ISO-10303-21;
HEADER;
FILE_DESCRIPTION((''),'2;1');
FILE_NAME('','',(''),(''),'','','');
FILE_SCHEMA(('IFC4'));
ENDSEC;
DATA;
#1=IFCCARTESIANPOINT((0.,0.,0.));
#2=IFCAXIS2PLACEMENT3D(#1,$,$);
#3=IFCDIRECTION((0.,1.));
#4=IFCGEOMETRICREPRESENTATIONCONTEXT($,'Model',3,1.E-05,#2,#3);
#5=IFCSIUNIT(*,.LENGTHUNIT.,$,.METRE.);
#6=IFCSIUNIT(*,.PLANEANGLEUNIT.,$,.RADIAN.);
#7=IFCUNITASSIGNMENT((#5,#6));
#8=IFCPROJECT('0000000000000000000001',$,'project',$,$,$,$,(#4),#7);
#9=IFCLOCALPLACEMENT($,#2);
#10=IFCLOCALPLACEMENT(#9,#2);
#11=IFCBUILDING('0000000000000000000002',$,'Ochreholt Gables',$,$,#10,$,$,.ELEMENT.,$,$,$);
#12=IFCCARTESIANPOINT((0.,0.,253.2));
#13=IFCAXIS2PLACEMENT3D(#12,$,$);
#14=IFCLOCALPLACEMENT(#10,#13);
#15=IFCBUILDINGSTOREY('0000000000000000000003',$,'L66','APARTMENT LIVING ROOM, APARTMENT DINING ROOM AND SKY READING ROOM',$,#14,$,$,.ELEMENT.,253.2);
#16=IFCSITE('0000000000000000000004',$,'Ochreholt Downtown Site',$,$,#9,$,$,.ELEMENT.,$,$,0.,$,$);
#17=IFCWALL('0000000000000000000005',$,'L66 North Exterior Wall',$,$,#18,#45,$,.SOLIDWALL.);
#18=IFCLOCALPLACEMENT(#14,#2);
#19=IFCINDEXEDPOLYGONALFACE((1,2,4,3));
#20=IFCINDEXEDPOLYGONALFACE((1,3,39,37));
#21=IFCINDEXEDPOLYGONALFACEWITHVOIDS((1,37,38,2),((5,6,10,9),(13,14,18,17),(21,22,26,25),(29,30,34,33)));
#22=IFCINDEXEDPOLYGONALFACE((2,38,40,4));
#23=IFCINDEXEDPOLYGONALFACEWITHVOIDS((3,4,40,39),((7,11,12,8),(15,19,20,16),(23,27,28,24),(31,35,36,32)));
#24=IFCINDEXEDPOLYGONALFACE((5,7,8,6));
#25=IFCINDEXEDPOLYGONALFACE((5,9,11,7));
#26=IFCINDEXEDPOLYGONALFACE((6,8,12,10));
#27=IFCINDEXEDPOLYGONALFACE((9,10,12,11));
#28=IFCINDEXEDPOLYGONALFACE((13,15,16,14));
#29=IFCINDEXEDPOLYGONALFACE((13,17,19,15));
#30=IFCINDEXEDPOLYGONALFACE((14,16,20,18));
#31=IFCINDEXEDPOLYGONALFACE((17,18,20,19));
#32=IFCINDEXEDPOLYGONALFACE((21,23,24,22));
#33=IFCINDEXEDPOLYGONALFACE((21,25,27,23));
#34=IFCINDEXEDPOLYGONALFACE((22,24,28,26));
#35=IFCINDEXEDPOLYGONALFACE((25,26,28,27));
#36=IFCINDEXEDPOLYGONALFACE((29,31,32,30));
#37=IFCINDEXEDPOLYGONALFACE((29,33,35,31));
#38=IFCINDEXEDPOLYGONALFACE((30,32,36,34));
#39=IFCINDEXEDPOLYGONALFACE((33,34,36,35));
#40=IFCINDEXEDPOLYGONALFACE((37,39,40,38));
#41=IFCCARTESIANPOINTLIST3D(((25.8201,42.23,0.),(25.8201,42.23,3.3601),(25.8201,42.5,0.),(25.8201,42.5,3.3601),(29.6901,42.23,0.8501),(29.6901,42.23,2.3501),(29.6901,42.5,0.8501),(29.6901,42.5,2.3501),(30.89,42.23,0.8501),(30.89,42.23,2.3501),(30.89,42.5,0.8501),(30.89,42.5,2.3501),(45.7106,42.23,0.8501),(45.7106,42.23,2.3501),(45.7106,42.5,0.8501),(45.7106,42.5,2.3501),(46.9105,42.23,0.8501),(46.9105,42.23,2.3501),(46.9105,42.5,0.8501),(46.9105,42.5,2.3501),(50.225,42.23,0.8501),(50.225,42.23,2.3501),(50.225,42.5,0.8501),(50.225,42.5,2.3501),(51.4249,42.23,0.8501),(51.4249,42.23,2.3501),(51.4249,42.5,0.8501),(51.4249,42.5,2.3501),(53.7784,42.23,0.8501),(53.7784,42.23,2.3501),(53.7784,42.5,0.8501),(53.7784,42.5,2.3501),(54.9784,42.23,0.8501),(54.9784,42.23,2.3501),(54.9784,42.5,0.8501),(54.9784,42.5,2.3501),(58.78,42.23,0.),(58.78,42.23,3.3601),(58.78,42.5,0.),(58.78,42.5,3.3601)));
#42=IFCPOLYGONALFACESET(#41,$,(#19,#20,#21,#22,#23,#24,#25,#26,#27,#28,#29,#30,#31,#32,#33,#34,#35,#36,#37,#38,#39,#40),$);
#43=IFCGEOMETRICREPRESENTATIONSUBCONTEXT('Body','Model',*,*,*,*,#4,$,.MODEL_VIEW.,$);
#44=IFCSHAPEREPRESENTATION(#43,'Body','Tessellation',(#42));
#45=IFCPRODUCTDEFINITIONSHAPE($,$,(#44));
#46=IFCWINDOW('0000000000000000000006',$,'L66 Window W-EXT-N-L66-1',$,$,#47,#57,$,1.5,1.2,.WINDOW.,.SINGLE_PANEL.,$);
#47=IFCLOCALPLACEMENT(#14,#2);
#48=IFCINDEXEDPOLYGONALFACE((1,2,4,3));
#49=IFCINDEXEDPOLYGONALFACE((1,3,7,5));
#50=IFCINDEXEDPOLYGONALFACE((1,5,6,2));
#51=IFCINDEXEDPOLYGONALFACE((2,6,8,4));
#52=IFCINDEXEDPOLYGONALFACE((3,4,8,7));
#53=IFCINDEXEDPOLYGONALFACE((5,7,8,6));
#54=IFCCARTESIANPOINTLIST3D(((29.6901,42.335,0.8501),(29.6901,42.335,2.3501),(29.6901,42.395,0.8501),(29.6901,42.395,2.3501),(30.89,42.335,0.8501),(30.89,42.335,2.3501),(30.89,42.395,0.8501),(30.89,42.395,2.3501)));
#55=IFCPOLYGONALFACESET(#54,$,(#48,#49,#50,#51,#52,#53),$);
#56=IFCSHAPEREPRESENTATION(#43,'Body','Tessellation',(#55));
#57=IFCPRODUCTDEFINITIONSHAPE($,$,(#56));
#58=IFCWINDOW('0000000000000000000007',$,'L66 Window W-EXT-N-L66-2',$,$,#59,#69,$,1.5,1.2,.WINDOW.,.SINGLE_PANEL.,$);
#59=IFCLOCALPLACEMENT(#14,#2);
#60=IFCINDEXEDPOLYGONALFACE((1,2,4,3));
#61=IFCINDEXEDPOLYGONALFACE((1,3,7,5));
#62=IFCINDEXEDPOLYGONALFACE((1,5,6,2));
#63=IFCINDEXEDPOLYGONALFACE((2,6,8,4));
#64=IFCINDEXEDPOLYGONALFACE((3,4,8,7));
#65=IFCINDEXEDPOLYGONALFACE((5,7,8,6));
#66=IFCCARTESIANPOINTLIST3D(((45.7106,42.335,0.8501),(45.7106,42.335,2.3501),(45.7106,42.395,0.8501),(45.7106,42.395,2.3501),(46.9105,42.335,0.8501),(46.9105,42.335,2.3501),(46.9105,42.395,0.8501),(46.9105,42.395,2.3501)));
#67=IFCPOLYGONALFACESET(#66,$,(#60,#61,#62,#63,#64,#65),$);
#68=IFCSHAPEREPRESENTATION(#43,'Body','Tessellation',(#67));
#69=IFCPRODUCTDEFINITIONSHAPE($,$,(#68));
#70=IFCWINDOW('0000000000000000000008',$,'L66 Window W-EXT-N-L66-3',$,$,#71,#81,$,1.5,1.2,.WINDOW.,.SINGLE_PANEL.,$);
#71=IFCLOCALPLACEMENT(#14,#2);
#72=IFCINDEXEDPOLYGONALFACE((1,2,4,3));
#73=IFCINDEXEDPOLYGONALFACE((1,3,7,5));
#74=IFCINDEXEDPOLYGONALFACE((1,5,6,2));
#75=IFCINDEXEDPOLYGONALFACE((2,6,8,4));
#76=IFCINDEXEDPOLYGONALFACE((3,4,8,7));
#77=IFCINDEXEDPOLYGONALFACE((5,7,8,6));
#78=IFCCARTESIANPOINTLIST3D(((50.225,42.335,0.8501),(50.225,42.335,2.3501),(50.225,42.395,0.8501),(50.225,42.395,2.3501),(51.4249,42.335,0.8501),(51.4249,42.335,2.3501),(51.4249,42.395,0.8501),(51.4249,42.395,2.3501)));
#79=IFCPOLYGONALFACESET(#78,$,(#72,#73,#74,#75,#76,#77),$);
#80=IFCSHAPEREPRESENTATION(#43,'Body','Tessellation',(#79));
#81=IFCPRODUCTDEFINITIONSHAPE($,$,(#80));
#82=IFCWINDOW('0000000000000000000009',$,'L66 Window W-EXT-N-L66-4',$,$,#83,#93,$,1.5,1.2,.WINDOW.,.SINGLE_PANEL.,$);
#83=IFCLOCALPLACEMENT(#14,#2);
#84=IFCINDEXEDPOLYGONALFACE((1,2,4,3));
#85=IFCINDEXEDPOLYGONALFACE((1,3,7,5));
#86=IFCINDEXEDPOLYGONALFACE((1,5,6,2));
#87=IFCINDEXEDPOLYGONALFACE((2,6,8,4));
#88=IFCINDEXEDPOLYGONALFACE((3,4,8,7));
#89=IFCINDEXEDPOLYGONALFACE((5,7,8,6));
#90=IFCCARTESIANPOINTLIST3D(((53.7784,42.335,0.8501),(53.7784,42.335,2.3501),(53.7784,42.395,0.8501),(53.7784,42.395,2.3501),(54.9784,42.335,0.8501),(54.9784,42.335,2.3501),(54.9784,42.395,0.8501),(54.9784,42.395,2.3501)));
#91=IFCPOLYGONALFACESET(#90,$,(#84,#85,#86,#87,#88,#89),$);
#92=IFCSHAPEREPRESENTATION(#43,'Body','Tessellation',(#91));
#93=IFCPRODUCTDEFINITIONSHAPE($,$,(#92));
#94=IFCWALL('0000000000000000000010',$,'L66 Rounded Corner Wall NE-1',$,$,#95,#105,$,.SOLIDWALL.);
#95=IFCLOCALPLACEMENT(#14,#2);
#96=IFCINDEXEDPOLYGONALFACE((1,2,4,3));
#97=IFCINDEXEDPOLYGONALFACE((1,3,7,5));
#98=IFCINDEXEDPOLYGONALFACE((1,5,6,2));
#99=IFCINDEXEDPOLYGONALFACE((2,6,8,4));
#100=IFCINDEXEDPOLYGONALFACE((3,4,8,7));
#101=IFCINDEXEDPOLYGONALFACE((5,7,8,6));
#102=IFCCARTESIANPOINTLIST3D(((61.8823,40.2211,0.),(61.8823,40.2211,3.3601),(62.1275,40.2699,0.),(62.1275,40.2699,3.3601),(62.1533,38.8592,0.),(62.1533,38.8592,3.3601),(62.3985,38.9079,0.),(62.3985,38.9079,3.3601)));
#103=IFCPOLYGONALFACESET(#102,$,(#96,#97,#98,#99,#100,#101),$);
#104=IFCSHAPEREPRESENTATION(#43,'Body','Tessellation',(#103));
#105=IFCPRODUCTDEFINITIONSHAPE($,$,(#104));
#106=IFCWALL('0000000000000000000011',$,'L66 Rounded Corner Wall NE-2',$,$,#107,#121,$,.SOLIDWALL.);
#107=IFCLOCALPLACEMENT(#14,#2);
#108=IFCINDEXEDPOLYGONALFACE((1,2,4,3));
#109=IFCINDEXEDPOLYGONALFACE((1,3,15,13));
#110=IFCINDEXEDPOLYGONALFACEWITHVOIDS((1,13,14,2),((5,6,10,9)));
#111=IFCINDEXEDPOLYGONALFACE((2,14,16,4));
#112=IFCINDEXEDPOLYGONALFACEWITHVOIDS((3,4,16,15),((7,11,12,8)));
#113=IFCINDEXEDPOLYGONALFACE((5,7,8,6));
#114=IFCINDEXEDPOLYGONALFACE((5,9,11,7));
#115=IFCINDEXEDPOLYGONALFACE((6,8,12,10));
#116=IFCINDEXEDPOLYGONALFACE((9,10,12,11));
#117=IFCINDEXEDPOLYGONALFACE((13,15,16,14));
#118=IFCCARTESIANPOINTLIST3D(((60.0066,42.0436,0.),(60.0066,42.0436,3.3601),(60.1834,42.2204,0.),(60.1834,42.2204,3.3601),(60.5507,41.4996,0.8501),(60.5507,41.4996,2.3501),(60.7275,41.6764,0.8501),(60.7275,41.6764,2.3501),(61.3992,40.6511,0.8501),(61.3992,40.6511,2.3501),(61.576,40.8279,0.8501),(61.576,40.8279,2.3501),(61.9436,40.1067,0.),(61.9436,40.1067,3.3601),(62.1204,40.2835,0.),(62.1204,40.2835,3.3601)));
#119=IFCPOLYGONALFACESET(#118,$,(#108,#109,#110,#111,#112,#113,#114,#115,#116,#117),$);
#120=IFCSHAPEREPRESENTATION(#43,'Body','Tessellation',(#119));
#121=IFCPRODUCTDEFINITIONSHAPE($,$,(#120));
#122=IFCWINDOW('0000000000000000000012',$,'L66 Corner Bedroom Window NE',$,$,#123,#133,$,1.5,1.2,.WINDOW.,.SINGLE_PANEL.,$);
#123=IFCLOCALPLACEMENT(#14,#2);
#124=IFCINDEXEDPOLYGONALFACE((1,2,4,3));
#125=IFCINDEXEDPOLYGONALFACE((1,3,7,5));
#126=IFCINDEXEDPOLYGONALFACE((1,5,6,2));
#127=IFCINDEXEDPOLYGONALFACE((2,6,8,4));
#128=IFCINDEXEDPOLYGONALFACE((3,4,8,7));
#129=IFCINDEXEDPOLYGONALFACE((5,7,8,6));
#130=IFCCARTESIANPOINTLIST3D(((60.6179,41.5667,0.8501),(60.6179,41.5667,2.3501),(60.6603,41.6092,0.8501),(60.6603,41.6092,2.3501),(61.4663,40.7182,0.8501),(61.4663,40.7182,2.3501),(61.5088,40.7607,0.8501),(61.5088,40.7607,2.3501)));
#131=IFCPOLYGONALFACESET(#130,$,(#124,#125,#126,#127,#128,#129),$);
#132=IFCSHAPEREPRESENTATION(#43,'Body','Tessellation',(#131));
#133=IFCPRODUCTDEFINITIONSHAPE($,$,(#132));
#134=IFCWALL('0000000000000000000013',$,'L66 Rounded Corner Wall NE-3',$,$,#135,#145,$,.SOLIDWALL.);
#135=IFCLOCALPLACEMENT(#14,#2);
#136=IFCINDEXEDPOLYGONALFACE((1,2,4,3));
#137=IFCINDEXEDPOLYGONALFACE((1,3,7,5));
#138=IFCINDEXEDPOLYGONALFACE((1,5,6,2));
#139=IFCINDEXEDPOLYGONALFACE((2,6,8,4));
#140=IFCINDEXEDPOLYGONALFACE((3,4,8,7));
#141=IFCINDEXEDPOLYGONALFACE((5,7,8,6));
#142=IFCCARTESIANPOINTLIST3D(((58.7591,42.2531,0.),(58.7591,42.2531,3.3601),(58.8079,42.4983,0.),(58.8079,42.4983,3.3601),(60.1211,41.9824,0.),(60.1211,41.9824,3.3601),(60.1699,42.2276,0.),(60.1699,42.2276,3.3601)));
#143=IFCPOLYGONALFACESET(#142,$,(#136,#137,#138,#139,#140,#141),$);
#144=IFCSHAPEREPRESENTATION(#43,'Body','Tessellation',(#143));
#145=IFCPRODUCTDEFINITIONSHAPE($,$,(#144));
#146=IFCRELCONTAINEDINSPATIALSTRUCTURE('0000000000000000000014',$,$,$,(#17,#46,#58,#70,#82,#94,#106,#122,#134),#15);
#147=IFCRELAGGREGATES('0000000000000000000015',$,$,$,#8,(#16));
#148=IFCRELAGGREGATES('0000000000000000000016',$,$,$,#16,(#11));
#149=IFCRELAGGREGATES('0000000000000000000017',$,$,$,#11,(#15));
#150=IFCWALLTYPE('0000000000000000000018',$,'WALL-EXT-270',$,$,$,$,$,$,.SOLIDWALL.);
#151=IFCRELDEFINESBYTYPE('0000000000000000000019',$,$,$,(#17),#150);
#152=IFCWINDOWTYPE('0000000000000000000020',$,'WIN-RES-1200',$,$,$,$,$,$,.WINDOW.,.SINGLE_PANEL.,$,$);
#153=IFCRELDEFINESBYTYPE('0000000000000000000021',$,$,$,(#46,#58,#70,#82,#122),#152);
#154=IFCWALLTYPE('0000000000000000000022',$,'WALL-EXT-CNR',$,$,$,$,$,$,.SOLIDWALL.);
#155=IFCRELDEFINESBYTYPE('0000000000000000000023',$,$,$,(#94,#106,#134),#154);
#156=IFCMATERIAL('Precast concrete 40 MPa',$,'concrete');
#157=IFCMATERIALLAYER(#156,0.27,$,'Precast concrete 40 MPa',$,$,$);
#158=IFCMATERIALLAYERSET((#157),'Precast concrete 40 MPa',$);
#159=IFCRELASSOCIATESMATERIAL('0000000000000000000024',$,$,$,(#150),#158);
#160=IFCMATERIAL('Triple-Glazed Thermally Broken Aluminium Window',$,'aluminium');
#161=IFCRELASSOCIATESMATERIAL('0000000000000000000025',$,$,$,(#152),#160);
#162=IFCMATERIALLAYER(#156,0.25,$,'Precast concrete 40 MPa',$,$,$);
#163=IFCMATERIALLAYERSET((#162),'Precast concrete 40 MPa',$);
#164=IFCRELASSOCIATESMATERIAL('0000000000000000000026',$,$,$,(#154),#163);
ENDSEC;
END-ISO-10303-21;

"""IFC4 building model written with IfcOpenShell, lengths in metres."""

from ifc_helpers import new_model, si_unit, direction, frame, frame_2d, origin, place, context, subcontext, project, spatial, rectangle, extrude, material, layer, layer_set, type_object, element, fill, save


model = new_model("IFC4")

# Units and contexts
model_context = context("Model", 3, precision=1e-05, world=origin(), true_north=direction((0.0, 1.0)))
body_context = subcontext(model_context, "Body", "Model", "MODEL_VIEW")
ifc_project = project(units=[si_unit("LENGTHUNIT", "METRE"), si_unit("PLANEANGLEUNIT", "RADIAN")], contexts=[model_context])

# Site, building, storey
site_placement = place(None, origin())
site = spatial("IfcSite", under=ifc_project, at=site_placement, Name="Ochreholt Downtown Site", CompositionType="ELEMENT", RefElevation=0.0)
building_placement = place(site_placement, origin())
building = spatial("IfcBuilding", under=site, at=building_placement, Name="Ochreholt Gables", CompositionType="ELEMENT")
storey_placement = place(building_placement, frame((0.0, 0.0, 253.2)))
storey = spatial("IfcBuildingStorey", under=building, at=storey_placement, Name="L66", Description="APARTMENT LIVING ROOM, APARTMENT DINING ROOM AND SKY READING ROOM", CompositionType="ELEMENT", Elevation=253.2)

# Wall, openings, windows
ifc_material_1 = material(Name="Precast concrete 40 MPa", Category="concrete")
ifc_layer_1 = layer(ifc_material_1, 0.27, Name="Precast concrete 40 MPa")
ifc_layer_set_1 = layer_set([ifc_layer_1], Name="Precast concrete 40 MPa")
wall_type_1 = type_object("IfcWallType", Name="WALL-EXT-270", PredefinedType="SOLIDWALL", material=ifc_layer_set_1)
wall_1_placement = place(storey_placement, frame((58.78, 42.365, 0.0), z_axis=(0.0, 0.0, 1.0), x_axis=(-1.0, 0.0, 0.0)))
wall_1 = element("IfcWall", 1, at=wall_1_placement, inside=storey, type_object=wall_type_1, Name="L66 North Exterior Wall", PredefinedType="SOLIDWALL", context=body_context, shape_type="SweptSolid", body=[
    extrude(rectangle(XDim=32.96, YDim=0.27, at=frame_2d((16.48, 0.0))), origin(), (0.0, 0.0, 1.0), 3.3601),
])
opening_1_placement = place(wall_1_placement, frame((27.8899, 0.0, 0.8501)))
opening_1 = element("IfcOpeningElement", 2, at=opening_1_placement, cuts=wall_1, PredefinedType="OPENING", context=body_context, shape_type="SweptSolid", body=[
    extrude(rectangle(XDim=1.2, YDim=1.5, at=frame_2d((0.6001, 0.75))), frame((0.0, 0.145, 0.0), z_axis=(0.0, -1.0, 0.0), x_axis=(1.0, 0.0, 0.0)), (0.0, 0.0, 1.0), 0.29),
])
opening_2_placement = place(wall_1_placement, frame((11.8694, 0.0, 0.8501)))
opening_2 = element("IfcOpeningElement", 3, at=opening_2_placement, cuts=wall_1, PredefinedType="OPENING", context=body_context, shape_type="SweptSolid", body=[
    extrude(rectangle(XDim=1.2, YDim=1.5, at=frame_2d((0.6001, 0.75))), frame((0.0, 0.145, 0.0), z_axis=(0.0, -1.0, 0.0), x_axis=(1.0, 0.0, 0.0)), (0.0, 0.0, 1.0), 0.29),
])
opening_3_placement = place(wall_1_placement, frame((7.355, 0.0, 0.8501)))
opening_3 = element("IfcOpeningElement", 4, at=opening_3_placement, cuts=wall_1, PredefinedType="OPENING", context=body_context, shape_type="SweptSolid", body=[
    extrude(rectangle(XDim=1.2, YDim=1.5, at=frame_2d((0.6001, 0.75))), frame((0.0, 0.145, 0.0), z_axis=(0.0, -1.0, 0.0), x_axis=(1.0, 0.0, 0.0)), (0.0, 0.0, 1.0), 0.29),
])
opening_4_placement = place(wall_1_placement, frame((3.8015, 0.0, 0.8501)))
opening_4 = element("IfcOpeningElement", 5, at=opening_4_placement, cuts=wall_1, PredefinedType="OPENING", context=body_context, shape_type="SweptSolid", body=[
    extrude(rectangle(XDim=1.2, YDim=1.5, at=frame_2d((0.6001, 0.75))), frame((0.0, 0.145, 0.0), z_axis=(0.0, -1.0, 0.0), x_axis=(1.0, 0.0, 0.0)), (0.0, 0.0, 1.0), 0.29),
])
ifc_material_2 = material(Name="Triple-Glazed Thermally Broken Aluminium Window", Category="aluminium")
window_type = type_object("IfcWindowType", Name="WIN-RES-1200", PartitioningType="SINGLE_PANEL", PredefinedType="WINDOW", material=ifc_material_2)
window_1_placement = place(opening_1_placement, origin())
window_1 = element("IfcWindow", 6, at=window_1_placement, inside=storey, type_object=window_type, Name="L66 Window W-EXT-N-L66-1", OverallHeight=1.5, OverallWidth=1.2, PartitioningType="SINGLE_PANEL", PredefinedType="WINDOW", context=body_context, shape_type="SweptSolid", body=[
    extrude(rectangle(XDim=1.2, YDim=1.5, at=frame_2d((0.6001, 0.75))), frame((0.0, 0.03, 0.0), z_axis=(0.0, -1.0, 0.0), x_axis=(1.0, 0.0, 0.0)), (0.0, 0.0, 1.0), 0.0601),
])
fill(opening_1, window_1)
window_2_placement = place(opening_2_placement, origin())
window_2 = element("IfcWindow", 7, at=window_2_placement, inside=storey, type_object=window_type, Name="L66 Window W-EXT-N-L66-2", OverallHeight=1.5, OverallWidth=1.2, PartitioningType="SINGLE_PANEL", PredefinedType="WINDOW", context=body_context, shape_type="SweptSolid", body=[
    extrude(rectangle(XDim=1.2, YDim=1.5, at=frame_2d((0.6001, 0.75))), frame((0.0, 0.03, 0.0), z_axis=(0.0, -1.0, 0.0), x_axis=(1.0, 0.0, 0.0)), (0.0, 0.0, 1.0), 0.0601),
])
fill(opening_2, window_2)
window_3_placement = place(opening_3_placement, origin())
window_3 = element("IfcWindow", 8, at=window_3_placement, inside=storey, type_object=window_type, Name="L66 Window W-EXT-N-L66-3", OverallHeight=1.5, OverallWidth=1.2, PartitioningType="SINGLE_PANEL", PredefinedType="WINDOW", context=body_context, shape_type="SweptSolid", body=[
    extrude(rectangle(XDim=1.2, YDim=1.5, at=frame_2d((0.6001, 0.75))), frame((0.0, 0.03, 0.0), z_axis=(0.0, -1.0, 0.0), x_axis=(1.0, 0.0, 0.0)), (0.0, 0.0, 1.0), 0.0601),
])
fill(opening_3, window_3)
window_4_placement = place(opening_4_placement, origin())
window_4 = element("IfcWindow", 9, at=window_4_placement, inside=storey, type_object=window_type, Name="L66 Window W-EXT-N-L66-4", OverallHeight=1.5, OverallWidth=1.2, PartitioningType="SINGLE_PANEL", PredefinedType="WINDOW", context=body_context, shape_type="SweptSolid", body=[
    extrude(rectangle(XDim=1.2, YDim=1.5, at=frame_2d((0.6001, 0.75))), frame((0.0, 0.03, 0.0), z_axis=(0.0, -1.0, 0.0), x_axis=(1.0, 0.0, 0.0)), (0.0, 0.0, 1.0), 0.0601),
])
fill(opening_4, window_4)

# Wall
ifc_layer_2 = layer(ifc_material_1, 0.25, Name="Precast concrete 40 MPa")
ifc_layer_set_2 = layer_set([ifc_layer_2], Name="Precast concrete 40 MPa")
wall_type_2 = type_object("IfcWallType", Name="WALL-EXT-CNR", PredefinedType="SOLIDWALL", material=ifc_layer_set_2)
wall_2_placement = place(storey_placement, frame((62.2759, 38.8835, 0.0), z_axis=(0.0, 0.0, 1.0), x_axis=(-0.195136, 0.980776, 0.0)))
element("IfcWall", 10, at=wall_2_placement, inside=storey, type_object=wall_type_2, Name="L66 Rounded Corner Wall NE-1", PredefinedType="SOLIDWALL", context=body_context, shape_type="SweptSolid", body=[
    extrude(rectangle(XDim=1.3887, YDim=0.25, at=frame_2d((0.6943, 0.0))), origin(), (0.0, 0.0, 1.0), 3.3601),
])

# Wall, opening, window
wall_3_placement = place(storey_placement, frame((62.032, 40.1951, 0.0), z_axis=(0.0, 0.0, 1.0), x_axis=(-0.707107, 0.707107, 0.0)))
wall_3 = element("IfcWall", 11, at=wall_3_placement, inside=storey, type_object=wall_type_2, Name="L66 Rounded Corner Wall NE-2", PredefinedType="SOLIDWALL", context=body_context, shape_type="SweptSolid", body=[
    extrude(rectangle(XDim=2.7393, YDim=0.25, at=frame_2d((1.3696, 0.0))), origin(), (0.0, 0.0, 1.0), 3.3601),
])
opening_5_placement = place(wall_3_placement, frame((0.7698, 0.0, 0.8501)))
opening_5 = element("IfcOpeningElement", 12, at=opening_5_placement, cuts=wall_3, PredefinedType="OPENING", context=body_context, shape_type="SweptSolid", body=[
    extrude(rectangle(XDim=1.2, YDim=1.5, at=frame_2d((0.6001, 0.75))), frame((0.0, 0.135, 0.0), z_axis=(0.0, -1.0, 0.0), x_axis=(1.0, 0.0, 0.0)), (0.0, 0.0, 1.0), 0.27),
])
window_5_placement = place(opening_5_placement, origin())
window_5 = element("IfcWindow", 13, at=window_5_placement, inside=storey, type_object=window_type, Name="L66 Corner Bedroom Window NE", OverallHeight=1.5, OverallWidth=1.2, PartitioningType="SINGLE_PANEL", PredefinedType="WINDOW", context=body_context, shape_type="SweptSolid", body=[
    extrude(rectangle(XDim=1.2, YDim=1.5, at=frame_2d((0.6001, 0.75))), frame((0.0, 0.03, 0.0), z_axis=(0.0, -1.0, 0.0), x_axis=(1.0, 0.0, 0.0)), (0.0, 0.0, 1.0), 0.0601),
])
fill(opening_5, window_5)

# Wall
wall_4_placement = place(storey_placement, frame((60.1455, 42.105, 0.0), z_axis=(0.0, 0.0, 1.0), x_axis=(-0.98081, 0.194967, 0.0)))
element("IfcWall", 14, at=wall_4_placement, inside=storey, type_object=wall_type_2, Name="L66 Rounded Corner Wall NE-3", PredefinedType="SOLIDWALL", context=body_context, shape_type="SweptSolid", body=[
    extrude(rectangle(XDim=1.3887, YDim=0.25, at=frame_2d((0.6943, 0.0))), origin(), (0.0, 0.0, 1.0), 3.3601),
])

save(model, "model.ifc")
